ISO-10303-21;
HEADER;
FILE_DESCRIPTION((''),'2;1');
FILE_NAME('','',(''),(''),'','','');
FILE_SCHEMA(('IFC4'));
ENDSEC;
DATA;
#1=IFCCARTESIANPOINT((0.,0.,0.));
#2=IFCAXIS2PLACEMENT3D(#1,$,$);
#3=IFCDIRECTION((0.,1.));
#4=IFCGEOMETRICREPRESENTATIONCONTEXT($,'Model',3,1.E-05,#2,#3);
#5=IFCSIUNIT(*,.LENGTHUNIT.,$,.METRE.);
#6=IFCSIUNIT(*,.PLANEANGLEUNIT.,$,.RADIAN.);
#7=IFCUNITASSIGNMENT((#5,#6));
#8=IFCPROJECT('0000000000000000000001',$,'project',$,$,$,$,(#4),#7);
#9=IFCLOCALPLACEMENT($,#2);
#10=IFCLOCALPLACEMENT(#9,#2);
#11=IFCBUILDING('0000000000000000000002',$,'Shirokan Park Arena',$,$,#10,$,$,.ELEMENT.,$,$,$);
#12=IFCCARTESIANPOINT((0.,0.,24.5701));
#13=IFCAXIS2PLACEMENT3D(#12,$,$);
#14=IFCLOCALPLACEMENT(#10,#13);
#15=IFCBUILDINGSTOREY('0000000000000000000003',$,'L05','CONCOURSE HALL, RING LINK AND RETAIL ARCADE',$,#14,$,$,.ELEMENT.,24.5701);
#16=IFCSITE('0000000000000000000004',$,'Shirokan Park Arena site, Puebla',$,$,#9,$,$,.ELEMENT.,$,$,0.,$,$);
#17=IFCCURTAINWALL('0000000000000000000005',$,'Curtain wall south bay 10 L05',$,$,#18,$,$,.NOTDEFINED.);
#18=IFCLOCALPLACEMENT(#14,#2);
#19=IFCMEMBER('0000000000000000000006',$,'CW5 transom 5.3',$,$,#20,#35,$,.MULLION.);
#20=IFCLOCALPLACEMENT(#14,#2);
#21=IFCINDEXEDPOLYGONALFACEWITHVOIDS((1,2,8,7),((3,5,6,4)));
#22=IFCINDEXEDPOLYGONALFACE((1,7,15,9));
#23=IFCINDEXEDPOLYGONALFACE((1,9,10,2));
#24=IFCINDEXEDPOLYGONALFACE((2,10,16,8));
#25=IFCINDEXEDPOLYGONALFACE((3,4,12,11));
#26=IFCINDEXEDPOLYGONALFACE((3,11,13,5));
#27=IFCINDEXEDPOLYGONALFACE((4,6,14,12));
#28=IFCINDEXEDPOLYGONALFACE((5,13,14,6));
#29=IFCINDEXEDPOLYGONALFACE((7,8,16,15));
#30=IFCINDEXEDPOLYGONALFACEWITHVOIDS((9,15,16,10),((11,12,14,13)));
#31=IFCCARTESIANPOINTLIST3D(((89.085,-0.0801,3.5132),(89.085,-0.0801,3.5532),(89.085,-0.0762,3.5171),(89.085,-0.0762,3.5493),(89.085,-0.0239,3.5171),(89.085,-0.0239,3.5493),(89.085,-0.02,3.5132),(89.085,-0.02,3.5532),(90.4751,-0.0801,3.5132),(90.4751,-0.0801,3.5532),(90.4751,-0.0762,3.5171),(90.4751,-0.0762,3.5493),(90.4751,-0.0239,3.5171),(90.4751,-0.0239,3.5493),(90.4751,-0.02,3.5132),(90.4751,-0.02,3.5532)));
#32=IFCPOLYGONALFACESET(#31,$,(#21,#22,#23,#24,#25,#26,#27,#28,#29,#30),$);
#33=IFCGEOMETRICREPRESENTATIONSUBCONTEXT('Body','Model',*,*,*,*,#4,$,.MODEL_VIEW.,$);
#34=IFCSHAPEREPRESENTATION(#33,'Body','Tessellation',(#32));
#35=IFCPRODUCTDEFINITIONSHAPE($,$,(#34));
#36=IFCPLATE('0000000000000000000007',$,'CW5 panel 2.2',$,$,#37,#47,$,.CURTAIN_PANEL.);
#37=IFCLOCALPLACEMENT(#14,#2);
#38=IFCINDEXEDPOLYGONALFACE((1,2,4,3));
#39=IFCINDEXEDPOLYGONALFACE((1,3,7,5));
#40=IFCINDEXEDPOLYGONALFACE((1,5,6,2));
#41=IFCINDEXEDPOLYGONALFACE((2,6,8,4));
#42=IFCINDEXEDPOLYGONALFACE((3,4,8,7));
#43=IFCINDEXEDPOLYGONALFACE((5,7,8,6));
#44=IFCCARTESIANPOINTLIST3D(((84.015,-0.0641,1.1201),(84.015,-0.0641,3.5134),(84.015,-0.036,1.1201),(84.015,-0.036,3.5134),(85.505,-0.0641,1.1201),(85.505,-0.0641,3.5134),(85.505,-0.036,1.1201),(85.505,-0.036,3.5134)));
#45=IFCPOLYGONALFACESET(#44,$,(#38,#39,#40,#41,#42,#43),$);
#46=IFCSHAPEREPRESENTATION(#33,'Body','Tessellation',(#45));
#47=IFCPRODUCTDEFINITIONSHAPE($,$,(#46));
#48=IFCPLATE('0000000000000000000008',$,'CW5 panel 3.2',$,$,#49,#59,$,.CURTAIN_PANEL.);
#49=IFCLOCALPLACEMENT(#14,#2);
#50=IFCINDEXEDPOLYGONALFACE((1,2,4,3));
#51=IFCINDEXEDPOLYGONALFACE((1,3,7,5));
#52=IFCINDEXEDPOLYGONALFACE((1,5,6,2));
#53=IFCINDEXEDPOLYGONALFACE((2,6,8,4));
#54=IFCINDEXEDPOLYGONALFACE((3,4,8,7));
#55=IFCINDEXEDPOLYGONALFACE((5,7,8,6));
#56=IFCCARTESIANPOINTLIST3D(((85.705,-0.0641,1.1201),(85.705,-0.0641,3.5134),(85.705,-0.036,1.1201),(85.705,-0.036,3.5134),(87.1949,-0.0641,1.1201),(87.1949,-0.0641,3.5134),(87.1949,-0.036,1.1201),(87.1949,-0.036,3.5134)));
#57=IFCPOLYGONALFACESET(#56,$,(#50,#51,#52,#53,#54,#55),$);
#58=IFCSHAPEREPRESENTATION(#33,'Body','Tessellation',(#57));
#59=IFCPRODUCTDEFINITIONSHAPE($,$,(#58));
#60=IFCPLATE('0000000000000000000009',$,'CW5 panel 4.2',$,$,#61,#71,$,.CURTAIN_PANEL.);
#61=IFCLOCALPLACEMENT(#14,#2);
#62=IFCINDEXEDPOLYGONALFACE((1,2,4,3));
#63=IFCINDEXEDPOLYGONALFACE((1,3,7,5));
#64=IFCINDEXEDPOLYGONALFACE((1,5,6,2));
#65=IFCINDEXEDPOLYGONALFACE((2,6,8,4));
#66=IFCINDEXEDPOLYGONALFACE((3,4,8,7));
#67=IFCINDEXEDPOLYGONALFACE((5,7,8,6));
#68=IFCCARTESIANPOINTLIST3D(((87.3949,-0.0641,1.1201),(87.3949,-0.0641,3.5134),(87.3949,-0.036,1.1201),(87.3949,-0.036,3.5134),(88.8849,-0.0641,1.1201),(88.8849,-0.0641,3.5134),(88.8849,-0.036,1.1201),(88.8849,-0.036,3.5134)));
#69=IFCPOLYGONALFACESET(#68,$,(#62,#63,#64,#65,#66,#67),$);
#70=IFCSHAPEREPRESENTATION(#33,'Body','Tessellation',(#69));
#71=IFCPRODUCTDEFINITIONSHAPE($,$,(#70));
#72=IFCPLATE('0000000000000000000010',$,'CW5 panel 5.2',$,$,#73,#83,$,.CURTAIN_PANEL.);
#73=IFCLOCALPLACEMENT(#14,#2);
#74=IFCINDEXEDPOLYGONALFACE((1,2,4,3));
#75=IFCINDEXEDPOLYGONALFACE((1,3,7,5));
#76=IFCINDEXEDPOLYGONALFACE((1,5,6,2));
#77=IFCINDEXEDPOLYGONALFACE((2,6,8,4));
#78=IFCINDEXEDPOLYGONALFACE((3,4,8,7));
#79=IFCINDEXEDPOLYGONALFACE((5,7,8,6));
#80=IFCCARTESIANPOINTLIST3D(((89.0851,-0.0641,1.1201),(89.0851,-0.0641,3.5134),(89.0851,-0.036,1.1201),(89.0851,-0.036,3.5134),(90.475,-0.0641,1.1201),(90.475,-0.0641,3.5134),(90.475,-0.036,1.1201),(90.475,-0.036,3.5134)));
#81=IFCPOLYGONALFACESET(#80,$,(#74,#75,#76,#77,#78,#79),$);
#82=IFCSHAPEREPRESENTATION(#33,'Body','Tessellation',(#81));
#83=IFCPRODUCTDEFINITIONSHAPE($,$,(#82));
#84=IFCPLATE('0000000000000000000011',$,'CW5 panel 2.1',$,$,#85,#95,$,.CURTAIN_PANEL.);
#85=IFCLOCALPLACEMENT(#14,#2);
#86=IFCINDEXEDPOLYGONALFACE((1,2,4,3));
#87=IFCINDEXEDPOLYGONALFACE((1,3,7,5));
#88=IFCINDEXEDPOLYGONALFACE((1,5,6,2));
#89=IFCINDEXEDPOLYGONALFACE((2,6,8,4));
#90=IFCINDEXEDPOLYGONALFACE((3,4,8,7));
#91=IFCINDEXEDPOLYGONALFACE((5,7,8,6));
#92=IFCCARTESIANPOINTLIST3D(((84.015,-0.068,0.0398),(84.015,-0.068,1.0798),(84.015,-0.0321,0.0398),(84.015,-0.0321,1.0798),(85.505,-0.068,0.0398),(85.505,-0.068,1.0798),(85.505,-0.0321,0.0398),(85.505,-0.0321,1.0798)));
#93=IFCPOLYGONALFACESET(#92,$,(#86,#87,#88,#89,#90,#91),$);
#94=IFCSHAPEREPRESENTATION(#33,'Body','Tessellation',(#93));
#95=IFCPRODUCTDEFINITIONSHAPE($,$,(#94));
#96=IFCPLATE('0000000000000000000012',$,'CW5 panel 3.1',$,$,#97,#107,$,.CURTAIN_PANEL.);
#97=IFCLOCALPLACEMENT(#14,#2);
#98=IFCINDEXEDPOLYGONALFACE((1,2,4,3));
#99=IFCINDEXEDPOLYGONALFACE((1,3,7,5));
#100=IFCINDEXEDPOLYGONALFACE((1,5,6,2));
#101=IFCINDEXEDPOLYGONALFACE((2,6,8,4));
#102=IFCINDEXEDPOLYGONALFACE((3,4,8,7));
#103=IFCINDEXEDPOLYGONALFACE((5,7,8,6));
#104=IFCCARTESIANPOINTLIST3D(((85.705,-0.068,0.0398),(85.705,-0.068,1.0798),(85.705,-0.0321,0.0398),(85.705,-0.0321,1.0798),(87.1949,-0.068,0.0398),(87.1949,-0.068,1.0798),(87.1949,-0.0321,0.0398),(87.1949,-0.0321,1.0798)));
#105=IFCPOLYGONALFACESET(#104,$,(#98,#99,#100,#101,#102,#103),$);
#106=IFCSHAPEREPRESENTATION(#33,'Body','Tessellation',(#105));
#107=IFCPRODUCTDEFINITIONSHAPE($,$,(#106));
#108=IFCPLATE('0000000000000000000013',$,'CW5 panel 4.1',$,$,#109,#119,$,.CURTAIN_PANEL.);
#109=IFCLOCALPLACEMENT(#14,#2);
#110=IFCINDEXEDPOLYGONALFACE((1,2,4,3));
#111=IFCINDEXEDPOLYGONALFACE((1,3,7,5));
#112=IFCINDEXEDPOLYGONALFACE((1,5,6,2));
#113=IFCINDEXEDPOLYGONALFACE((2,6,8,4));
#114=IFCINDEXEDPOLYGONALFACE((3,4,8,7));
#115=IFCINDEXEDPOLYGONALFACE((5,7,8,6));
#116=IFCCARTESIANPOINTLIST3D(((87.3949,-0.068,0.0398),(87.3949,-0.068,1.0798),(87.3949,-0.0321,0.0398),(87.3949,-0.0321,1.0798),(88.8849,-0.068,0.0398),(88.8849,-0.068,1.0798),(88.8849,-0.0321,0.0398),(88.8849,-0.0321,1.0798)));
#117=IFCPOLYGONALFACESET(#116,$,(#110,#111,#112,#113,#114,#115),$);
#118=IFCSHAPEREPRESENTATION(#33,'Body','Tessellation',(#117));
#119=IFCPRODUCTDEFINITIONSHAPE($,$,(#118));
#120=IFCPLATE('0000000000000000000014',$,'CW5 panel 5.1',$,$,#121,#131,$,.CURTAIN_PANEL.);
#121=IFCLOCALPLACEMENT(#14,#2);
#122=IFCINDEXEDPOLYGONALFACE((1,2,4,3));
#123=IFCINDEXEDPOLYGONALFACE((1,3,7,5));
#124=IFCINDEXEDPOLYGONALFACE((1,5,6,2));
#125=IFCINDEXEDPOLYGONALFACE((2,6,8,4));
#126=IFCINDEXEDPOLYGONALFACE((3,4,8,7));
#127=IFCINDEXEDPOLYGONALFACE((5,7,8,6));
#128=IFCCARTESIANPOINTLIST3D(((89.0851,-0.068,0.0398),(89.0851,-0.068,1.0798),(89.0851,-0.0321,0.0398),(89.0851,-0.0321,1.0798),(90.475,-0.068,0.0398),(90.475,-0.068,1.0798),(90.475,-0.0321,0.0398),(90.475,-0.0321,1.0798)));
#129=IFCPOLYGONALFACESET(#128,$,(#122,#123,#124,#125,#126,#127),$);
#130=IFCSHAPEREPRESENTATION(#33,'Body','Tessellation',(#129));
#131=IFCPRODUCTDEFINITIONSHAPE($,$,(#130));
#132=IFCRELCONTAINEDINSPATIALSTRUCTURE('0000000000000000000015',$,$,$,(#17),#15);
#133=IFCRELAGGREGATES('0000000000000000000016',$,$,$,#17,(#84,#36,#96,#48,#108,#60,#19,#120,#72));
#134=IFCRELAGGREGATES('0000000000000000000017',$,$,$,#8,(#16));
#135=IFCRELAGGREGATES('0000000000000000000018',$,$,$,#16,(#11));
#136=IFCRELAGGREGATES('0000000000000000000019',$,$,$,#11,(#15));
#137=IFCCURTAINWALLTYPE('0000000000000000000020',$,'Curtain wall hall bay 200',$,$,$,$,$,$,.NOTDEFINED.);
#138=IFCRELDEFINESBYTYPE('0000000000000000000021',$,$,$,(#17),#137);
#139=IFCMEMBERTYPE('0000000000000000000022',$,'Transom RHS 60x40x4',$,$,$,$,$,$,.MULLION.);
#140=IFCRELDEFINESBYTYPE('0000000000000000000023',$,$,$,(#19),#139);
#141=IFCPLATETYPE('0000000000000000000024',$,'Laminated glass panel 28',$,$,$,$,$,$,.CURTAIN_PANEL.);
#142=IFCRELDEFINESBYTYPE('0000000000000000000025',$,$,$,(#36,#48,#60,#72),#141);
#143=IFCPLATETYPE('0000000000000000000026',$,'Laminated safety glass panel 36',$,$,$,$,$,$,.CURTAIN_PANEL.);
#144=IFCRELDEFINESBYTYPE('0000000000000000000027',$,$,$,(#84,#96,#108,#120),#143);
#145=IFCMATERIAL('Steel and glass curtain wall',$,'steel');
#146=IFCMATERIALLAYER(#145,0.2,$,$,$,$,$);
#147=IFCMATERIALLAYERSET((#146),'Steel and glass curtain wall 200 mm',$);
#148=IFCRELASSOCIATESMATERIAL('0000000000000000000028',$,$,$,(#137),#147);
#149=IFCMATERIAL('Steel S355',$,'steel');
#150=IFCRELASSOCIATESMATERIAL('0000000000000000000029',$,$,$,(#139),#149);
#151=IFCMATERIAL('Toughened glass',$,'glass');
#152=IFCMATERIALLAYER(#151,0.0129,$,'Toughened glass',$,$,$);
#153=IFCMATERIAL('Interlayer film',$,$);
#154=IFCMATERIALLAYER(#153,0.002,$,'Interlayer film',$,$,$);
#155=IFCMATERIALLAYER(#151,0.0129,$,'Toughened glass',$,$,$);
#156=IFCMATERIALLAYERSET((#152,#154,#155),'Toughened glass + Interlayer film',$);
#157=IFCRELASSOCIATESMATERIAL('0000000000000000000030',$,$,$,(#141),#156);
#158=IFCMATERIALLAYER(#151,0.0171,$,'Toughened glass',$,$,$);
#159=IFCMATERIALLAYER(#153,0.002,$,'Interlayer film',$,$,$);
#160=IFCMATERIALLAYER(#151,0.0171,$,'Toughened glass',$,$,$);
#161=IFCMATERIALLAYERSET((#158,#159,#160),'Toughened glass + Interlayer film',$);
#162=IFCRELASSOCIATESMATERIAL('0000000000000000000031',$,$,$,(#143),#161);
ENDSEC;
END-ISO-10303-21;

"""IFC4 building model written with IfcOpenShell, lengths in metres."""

from ifc_helpers import new_model, si_unit, direction, frame, origin, origin_2d, place, context, subcontext, project, spatial, rectangle, hollow_rectangle, extrude, material, layer, layer_set, material_profile, profile_set, type_object, element, aggregate, save


model = new_model("IFC4")

# Units and contexts
model_context = context("Model", 3, precision=1e-05, world=origin(), true_north=direction((0.0, 1.0)))
body_context = subcontext(model_context, "Body", "Model", "MODEL_VIEW")
ifc_project = project(units=[si_unit("LENGTHUNIT", "METRE"), si_unit("PLANEANGLEUNIT", "RADIAN")], contexts=[model_context])

# Site, building, storey
site_placement = place(None, origin())
site = spatial("IfcSite", under=ifc_project, at=site_placement, Name="Shirokan Park Arena site, Puebla", CompositionType="ELEMENT", RefElevation=0.0)
building_placement = place(site_placement, origin())
building = spatial("IfcBuilding", under=site, at=building_placement, Name="Shirokan Park Arena", CompositionType="ELEMENT")
storey_placement = place(building_placement, frame((0.0, 0.0, 24.5701)))
storey = spatial("IfcBuildingStorey", under=building, at=storey_placement, Name="L05", Description="CONCOURSE HALL, RING LINK AND RETAIL ARCADE", CompositionType="ELEMENT", Elevation=24.5701)

# Curtain wall, member, plates
ifc_material_1 = material(Name="Steel and glass curtain wall", Category="steel")
ifc_layer_1 = layer(ifc_material_1, 0.2)
ifc_layer_set_1 = layer_set([ifc_layer_1], Name="Steel and glass curtain wall 200 mm")
curtain_wall_type = type_object("IfcCurtainWallType", Name="Curtain wall hall bay 200", PredefinedType="NOTDEFINED", material=ifc_layer_set_1)
curtain_wall_placement = place(storey_placement, origin())
curtain_wall = element("IfcCurtainWall", 1, at=curtain_wall_placement, inside=storey, type_object=curtain_wall_type, Name="Curtain wall south bay 10 L05", PredefinedType="NOTDEFINED")
ifc_material_2 = material(Name="Steel S355", Category="steel")
ifc_material_profile_1 = material_profile(ifc_material_2, hollow_rectangle(XDim=0.0601, YDim=0.04, WallThickness=0.0039, at=origin_2d()), Name="RHS 60x40x4")
ifc_profile_set_1 = profile_set([ifc_material_profile_1], Name="Steel S355")
member_type_1 = type_object("IfcMemberType", Name="Transom RHS 60x40x4", PredefinedType="MULLION", material=ifc_profile_set_1)
member_1_placement = place(storey_placement, frame((89.085, -0.05, 3.5332), z_axis=(1.0, 0.0, 0.0), x_axis=(0.0, 1.0, 0.0)))
member_1 = element("IfcMember", 2, at=member_1_placement, type_object=member_type_1, Name="CW5 transom 5.3", PredefinedType="MULLION", context=body_context, shape_type="SweptSolid", body=[
    extrude(hollow_rectangle(XDim=0.0601, YDim=0.04, WallThickness=0.0039, at=origin_2d()), origin(), (0.0, 0.0, 1.0), 1.3901),
])
ifc_material_3 = material(Name="Toughened glass", Category="glass")
ifc_layer_2 = layer(ifc_material_3, 0.0129, Name="Toughened glass")
ifc_material_4 = material(Name="Interlayer film")
ifc_layer_3 = layer(ifc_material_4, 0.002, Name="Interlayer film")
ifc_layer_4 = layer(ifc_material_3, 0.0129, Name="Toughened glass")
ifc_layer_set_2 = layer_set([ifc_layer_2, ifc_layer_3, ifc_layer_4], Name="Toughened glass + Interlayer film")
plate_type_1 = type_object("IfcPlateType", Name="Laminated glass panel 28", PredefinedType="CURTAIN_PANEL", material=ifc_layer_set_2)
plate_1_placement = place(storey_placement, frame((84.76, -0.05, 1.1201), z_axis=(0.0, 0.0, 1.0), x_axis=(1.0, 0.0, 0.0)))
plate_1 = element("IfcPlate", 3, at=plate_1_placement, type_object=plate_type_1, Name="CW5 panel 2.2", PredefinedType="CURTAIN_PANEL", context=body_context, shape_type="SweptSolid", body=[
    extrude(rectangle(XDim=1.49, YDim=0.0281, at=origin_2d()), origin(), (0.0, 0.0, 1.0), 2.3933),
])
plate_2_placement = place(storey_placement, frame((86.45, -0.05, 1.1201), z_axis=(0.0, 0.0, 1.0), x_axis=(1.0, 0.0, 0.0)))
plate_2 = element("IfcPlate", 4, at=plate_2_placement, type_object=plate_type_1, Name="CW5 panel 3.2", PredefinedType="CURTAIN_PANEL", context=body_context, shape_type="SweptSolid", body=[
    extrude(rectangle(XDim=1.49, YDim=0.0281, at=origin_2d()), origin(), (0.0, 0.0, 1.0), 2.3933),
])
plate_3_placement = place(storey_placement, frame((88.1399, -0.05, 1.1201), z_axis=(0.0, 0.0, 1.0), x_axis=(1.0, 0.0, 0.0)))
plate_3 = element("IfcPlate", 5, at=plate_3_placement, type_object=plate_type_1, Name="CW5 panel 4.2", PredefinedType="CURTAIN_PANEL", context=body_context, shape_type="SweptSolid", body=[
    extrude(rectangle(XDim=1.49, YDim=0.0281, at=origin_2d()), origin(), (0.0, 0.0, 1.0), 2.3933),
])
plate_4_placement = place(storey_placement, frame((89.78, -0.05, 1.1201), z_axis=(0.0, 0.0, 1.0), x_axis=(1.0, 0.0, 0.0)))
plate_4 = element("IfcPlate", 6, at=plate_4_placement, type_object=plate_type_1, Name="CW5 panel 5.2", PredefinedType="CURTAIN_PANEL", context=body_context, shape_type="SweptSolid", body=[
    extrude(rectangle(XDim=1.3899, YDim=0.0281, at=origin_2d()), origin(), (0.0, 0.0, 1.0), 2.3933),
])
ifc_layer_5 = layer(ifc_material_3, 0.0171, Name="Toughened glass")
ifc_layer_6 = layer(ifc_material_4, 0.002, Name="Interlayer film")
ifc_layer_7 = layer(ifc_material_3, 0.0171, Name="Toughened glass")
ifc_layer_set_3 = layer_set([ifc_layer_5, ifc_layer_6, ifc_layer_7], Name="Toughened glass + Interlayer film")
plate_type_2 = type_object("IfcPlateType", Name="Laminated safety glass panel 36", PredefinedType="CURTAIN_PANEL", material=ifc_layer_set_3)
plate_5_placement = place(storey_placement, frame((84.76, -0.05, 0.0398), z_axis=(0.0, 0.0, 1.0), x_axis=(1.0, 0.0, 0.0)))
plate_5 = element("IfcPlate", 7, at=plate_5_placement, type_object=plate_type_2, Name="CW5 panel 2.1", PredefinedType="CURTAIN_PANEL", context=body_context, shape_type="SweptSolid", body=[
    extrude(rectangle(XDim=1.49, YDim=0.0359, at=origin_2d()), origin(), (0.0, 0.0, 1.0), 1.04),
])
plate_6_placement = place(storey_placement, frame((86.45, -0.05, 0.0398), z_axis=(0.0, 0.0, 1.0), x_axis=(1.0, 0.0, 0.0)))
plate_6 = element("IfcPlate", 8, at=plate_6_placement, type_object=plate_type_2, Name="CW5 panel 3.1", PredefinedType="CURTAIN_PANEL", context=body_context, shape_type="SweptSolid", body=[
    extrude(rectangle(XDim=1.49, YDim=0.0359, at=origin_2d()), origin(), (0.0, 0.0, 1.0), 1.04),
])
plate_7_placement = place(storey_placement, frame((88.1399, -0.05, 0.0398), z_axis=(0.0, 0.0, 1.0), x_axis=(1.0, 0.0, 0.0)))
plate_7 = element("IfcPlate", 9, at=plate_7_placement, type_object=plate_type_2, Name="CW5 panel 4.1", PredefinedType="CURTAIN_PANEL", context=body_context, shape_type="SweptSolid", body=[
    extrude(rectangle(XDim=1.49, YDim=0.0359, at=origin_2d()), origin(), (0.0, 0.0, 1.0), 1.04),
])
plate_8_placement = place(storey_placement, frame((89.78, -0.05, 0.0398), z_axis=(0.0, 0.0, 1.0), x_axis=(1.0, 0.0, 0.0)))
plate_8 = element("IfcPlate", 10, at=plate_8_placement, type_object=plate_type_2, Name="CW5 panel 5.1", PredefinedType="CURTAIN_PANEL", context=body_context, shape_type="SweptSolid", body=[
    extrude(rectangle(XDim=1.3899, YDim=0.0359, at=origin_2d()), origin(), (0.0, 0.0, 1.0), 1.04),
])
aggregate(curtain_wall, [plate_5, plate_1, plate_6, plate_2, plate_7, plate_3, member_1, plate_8, plate_4])

save(model, "model.ifc")
